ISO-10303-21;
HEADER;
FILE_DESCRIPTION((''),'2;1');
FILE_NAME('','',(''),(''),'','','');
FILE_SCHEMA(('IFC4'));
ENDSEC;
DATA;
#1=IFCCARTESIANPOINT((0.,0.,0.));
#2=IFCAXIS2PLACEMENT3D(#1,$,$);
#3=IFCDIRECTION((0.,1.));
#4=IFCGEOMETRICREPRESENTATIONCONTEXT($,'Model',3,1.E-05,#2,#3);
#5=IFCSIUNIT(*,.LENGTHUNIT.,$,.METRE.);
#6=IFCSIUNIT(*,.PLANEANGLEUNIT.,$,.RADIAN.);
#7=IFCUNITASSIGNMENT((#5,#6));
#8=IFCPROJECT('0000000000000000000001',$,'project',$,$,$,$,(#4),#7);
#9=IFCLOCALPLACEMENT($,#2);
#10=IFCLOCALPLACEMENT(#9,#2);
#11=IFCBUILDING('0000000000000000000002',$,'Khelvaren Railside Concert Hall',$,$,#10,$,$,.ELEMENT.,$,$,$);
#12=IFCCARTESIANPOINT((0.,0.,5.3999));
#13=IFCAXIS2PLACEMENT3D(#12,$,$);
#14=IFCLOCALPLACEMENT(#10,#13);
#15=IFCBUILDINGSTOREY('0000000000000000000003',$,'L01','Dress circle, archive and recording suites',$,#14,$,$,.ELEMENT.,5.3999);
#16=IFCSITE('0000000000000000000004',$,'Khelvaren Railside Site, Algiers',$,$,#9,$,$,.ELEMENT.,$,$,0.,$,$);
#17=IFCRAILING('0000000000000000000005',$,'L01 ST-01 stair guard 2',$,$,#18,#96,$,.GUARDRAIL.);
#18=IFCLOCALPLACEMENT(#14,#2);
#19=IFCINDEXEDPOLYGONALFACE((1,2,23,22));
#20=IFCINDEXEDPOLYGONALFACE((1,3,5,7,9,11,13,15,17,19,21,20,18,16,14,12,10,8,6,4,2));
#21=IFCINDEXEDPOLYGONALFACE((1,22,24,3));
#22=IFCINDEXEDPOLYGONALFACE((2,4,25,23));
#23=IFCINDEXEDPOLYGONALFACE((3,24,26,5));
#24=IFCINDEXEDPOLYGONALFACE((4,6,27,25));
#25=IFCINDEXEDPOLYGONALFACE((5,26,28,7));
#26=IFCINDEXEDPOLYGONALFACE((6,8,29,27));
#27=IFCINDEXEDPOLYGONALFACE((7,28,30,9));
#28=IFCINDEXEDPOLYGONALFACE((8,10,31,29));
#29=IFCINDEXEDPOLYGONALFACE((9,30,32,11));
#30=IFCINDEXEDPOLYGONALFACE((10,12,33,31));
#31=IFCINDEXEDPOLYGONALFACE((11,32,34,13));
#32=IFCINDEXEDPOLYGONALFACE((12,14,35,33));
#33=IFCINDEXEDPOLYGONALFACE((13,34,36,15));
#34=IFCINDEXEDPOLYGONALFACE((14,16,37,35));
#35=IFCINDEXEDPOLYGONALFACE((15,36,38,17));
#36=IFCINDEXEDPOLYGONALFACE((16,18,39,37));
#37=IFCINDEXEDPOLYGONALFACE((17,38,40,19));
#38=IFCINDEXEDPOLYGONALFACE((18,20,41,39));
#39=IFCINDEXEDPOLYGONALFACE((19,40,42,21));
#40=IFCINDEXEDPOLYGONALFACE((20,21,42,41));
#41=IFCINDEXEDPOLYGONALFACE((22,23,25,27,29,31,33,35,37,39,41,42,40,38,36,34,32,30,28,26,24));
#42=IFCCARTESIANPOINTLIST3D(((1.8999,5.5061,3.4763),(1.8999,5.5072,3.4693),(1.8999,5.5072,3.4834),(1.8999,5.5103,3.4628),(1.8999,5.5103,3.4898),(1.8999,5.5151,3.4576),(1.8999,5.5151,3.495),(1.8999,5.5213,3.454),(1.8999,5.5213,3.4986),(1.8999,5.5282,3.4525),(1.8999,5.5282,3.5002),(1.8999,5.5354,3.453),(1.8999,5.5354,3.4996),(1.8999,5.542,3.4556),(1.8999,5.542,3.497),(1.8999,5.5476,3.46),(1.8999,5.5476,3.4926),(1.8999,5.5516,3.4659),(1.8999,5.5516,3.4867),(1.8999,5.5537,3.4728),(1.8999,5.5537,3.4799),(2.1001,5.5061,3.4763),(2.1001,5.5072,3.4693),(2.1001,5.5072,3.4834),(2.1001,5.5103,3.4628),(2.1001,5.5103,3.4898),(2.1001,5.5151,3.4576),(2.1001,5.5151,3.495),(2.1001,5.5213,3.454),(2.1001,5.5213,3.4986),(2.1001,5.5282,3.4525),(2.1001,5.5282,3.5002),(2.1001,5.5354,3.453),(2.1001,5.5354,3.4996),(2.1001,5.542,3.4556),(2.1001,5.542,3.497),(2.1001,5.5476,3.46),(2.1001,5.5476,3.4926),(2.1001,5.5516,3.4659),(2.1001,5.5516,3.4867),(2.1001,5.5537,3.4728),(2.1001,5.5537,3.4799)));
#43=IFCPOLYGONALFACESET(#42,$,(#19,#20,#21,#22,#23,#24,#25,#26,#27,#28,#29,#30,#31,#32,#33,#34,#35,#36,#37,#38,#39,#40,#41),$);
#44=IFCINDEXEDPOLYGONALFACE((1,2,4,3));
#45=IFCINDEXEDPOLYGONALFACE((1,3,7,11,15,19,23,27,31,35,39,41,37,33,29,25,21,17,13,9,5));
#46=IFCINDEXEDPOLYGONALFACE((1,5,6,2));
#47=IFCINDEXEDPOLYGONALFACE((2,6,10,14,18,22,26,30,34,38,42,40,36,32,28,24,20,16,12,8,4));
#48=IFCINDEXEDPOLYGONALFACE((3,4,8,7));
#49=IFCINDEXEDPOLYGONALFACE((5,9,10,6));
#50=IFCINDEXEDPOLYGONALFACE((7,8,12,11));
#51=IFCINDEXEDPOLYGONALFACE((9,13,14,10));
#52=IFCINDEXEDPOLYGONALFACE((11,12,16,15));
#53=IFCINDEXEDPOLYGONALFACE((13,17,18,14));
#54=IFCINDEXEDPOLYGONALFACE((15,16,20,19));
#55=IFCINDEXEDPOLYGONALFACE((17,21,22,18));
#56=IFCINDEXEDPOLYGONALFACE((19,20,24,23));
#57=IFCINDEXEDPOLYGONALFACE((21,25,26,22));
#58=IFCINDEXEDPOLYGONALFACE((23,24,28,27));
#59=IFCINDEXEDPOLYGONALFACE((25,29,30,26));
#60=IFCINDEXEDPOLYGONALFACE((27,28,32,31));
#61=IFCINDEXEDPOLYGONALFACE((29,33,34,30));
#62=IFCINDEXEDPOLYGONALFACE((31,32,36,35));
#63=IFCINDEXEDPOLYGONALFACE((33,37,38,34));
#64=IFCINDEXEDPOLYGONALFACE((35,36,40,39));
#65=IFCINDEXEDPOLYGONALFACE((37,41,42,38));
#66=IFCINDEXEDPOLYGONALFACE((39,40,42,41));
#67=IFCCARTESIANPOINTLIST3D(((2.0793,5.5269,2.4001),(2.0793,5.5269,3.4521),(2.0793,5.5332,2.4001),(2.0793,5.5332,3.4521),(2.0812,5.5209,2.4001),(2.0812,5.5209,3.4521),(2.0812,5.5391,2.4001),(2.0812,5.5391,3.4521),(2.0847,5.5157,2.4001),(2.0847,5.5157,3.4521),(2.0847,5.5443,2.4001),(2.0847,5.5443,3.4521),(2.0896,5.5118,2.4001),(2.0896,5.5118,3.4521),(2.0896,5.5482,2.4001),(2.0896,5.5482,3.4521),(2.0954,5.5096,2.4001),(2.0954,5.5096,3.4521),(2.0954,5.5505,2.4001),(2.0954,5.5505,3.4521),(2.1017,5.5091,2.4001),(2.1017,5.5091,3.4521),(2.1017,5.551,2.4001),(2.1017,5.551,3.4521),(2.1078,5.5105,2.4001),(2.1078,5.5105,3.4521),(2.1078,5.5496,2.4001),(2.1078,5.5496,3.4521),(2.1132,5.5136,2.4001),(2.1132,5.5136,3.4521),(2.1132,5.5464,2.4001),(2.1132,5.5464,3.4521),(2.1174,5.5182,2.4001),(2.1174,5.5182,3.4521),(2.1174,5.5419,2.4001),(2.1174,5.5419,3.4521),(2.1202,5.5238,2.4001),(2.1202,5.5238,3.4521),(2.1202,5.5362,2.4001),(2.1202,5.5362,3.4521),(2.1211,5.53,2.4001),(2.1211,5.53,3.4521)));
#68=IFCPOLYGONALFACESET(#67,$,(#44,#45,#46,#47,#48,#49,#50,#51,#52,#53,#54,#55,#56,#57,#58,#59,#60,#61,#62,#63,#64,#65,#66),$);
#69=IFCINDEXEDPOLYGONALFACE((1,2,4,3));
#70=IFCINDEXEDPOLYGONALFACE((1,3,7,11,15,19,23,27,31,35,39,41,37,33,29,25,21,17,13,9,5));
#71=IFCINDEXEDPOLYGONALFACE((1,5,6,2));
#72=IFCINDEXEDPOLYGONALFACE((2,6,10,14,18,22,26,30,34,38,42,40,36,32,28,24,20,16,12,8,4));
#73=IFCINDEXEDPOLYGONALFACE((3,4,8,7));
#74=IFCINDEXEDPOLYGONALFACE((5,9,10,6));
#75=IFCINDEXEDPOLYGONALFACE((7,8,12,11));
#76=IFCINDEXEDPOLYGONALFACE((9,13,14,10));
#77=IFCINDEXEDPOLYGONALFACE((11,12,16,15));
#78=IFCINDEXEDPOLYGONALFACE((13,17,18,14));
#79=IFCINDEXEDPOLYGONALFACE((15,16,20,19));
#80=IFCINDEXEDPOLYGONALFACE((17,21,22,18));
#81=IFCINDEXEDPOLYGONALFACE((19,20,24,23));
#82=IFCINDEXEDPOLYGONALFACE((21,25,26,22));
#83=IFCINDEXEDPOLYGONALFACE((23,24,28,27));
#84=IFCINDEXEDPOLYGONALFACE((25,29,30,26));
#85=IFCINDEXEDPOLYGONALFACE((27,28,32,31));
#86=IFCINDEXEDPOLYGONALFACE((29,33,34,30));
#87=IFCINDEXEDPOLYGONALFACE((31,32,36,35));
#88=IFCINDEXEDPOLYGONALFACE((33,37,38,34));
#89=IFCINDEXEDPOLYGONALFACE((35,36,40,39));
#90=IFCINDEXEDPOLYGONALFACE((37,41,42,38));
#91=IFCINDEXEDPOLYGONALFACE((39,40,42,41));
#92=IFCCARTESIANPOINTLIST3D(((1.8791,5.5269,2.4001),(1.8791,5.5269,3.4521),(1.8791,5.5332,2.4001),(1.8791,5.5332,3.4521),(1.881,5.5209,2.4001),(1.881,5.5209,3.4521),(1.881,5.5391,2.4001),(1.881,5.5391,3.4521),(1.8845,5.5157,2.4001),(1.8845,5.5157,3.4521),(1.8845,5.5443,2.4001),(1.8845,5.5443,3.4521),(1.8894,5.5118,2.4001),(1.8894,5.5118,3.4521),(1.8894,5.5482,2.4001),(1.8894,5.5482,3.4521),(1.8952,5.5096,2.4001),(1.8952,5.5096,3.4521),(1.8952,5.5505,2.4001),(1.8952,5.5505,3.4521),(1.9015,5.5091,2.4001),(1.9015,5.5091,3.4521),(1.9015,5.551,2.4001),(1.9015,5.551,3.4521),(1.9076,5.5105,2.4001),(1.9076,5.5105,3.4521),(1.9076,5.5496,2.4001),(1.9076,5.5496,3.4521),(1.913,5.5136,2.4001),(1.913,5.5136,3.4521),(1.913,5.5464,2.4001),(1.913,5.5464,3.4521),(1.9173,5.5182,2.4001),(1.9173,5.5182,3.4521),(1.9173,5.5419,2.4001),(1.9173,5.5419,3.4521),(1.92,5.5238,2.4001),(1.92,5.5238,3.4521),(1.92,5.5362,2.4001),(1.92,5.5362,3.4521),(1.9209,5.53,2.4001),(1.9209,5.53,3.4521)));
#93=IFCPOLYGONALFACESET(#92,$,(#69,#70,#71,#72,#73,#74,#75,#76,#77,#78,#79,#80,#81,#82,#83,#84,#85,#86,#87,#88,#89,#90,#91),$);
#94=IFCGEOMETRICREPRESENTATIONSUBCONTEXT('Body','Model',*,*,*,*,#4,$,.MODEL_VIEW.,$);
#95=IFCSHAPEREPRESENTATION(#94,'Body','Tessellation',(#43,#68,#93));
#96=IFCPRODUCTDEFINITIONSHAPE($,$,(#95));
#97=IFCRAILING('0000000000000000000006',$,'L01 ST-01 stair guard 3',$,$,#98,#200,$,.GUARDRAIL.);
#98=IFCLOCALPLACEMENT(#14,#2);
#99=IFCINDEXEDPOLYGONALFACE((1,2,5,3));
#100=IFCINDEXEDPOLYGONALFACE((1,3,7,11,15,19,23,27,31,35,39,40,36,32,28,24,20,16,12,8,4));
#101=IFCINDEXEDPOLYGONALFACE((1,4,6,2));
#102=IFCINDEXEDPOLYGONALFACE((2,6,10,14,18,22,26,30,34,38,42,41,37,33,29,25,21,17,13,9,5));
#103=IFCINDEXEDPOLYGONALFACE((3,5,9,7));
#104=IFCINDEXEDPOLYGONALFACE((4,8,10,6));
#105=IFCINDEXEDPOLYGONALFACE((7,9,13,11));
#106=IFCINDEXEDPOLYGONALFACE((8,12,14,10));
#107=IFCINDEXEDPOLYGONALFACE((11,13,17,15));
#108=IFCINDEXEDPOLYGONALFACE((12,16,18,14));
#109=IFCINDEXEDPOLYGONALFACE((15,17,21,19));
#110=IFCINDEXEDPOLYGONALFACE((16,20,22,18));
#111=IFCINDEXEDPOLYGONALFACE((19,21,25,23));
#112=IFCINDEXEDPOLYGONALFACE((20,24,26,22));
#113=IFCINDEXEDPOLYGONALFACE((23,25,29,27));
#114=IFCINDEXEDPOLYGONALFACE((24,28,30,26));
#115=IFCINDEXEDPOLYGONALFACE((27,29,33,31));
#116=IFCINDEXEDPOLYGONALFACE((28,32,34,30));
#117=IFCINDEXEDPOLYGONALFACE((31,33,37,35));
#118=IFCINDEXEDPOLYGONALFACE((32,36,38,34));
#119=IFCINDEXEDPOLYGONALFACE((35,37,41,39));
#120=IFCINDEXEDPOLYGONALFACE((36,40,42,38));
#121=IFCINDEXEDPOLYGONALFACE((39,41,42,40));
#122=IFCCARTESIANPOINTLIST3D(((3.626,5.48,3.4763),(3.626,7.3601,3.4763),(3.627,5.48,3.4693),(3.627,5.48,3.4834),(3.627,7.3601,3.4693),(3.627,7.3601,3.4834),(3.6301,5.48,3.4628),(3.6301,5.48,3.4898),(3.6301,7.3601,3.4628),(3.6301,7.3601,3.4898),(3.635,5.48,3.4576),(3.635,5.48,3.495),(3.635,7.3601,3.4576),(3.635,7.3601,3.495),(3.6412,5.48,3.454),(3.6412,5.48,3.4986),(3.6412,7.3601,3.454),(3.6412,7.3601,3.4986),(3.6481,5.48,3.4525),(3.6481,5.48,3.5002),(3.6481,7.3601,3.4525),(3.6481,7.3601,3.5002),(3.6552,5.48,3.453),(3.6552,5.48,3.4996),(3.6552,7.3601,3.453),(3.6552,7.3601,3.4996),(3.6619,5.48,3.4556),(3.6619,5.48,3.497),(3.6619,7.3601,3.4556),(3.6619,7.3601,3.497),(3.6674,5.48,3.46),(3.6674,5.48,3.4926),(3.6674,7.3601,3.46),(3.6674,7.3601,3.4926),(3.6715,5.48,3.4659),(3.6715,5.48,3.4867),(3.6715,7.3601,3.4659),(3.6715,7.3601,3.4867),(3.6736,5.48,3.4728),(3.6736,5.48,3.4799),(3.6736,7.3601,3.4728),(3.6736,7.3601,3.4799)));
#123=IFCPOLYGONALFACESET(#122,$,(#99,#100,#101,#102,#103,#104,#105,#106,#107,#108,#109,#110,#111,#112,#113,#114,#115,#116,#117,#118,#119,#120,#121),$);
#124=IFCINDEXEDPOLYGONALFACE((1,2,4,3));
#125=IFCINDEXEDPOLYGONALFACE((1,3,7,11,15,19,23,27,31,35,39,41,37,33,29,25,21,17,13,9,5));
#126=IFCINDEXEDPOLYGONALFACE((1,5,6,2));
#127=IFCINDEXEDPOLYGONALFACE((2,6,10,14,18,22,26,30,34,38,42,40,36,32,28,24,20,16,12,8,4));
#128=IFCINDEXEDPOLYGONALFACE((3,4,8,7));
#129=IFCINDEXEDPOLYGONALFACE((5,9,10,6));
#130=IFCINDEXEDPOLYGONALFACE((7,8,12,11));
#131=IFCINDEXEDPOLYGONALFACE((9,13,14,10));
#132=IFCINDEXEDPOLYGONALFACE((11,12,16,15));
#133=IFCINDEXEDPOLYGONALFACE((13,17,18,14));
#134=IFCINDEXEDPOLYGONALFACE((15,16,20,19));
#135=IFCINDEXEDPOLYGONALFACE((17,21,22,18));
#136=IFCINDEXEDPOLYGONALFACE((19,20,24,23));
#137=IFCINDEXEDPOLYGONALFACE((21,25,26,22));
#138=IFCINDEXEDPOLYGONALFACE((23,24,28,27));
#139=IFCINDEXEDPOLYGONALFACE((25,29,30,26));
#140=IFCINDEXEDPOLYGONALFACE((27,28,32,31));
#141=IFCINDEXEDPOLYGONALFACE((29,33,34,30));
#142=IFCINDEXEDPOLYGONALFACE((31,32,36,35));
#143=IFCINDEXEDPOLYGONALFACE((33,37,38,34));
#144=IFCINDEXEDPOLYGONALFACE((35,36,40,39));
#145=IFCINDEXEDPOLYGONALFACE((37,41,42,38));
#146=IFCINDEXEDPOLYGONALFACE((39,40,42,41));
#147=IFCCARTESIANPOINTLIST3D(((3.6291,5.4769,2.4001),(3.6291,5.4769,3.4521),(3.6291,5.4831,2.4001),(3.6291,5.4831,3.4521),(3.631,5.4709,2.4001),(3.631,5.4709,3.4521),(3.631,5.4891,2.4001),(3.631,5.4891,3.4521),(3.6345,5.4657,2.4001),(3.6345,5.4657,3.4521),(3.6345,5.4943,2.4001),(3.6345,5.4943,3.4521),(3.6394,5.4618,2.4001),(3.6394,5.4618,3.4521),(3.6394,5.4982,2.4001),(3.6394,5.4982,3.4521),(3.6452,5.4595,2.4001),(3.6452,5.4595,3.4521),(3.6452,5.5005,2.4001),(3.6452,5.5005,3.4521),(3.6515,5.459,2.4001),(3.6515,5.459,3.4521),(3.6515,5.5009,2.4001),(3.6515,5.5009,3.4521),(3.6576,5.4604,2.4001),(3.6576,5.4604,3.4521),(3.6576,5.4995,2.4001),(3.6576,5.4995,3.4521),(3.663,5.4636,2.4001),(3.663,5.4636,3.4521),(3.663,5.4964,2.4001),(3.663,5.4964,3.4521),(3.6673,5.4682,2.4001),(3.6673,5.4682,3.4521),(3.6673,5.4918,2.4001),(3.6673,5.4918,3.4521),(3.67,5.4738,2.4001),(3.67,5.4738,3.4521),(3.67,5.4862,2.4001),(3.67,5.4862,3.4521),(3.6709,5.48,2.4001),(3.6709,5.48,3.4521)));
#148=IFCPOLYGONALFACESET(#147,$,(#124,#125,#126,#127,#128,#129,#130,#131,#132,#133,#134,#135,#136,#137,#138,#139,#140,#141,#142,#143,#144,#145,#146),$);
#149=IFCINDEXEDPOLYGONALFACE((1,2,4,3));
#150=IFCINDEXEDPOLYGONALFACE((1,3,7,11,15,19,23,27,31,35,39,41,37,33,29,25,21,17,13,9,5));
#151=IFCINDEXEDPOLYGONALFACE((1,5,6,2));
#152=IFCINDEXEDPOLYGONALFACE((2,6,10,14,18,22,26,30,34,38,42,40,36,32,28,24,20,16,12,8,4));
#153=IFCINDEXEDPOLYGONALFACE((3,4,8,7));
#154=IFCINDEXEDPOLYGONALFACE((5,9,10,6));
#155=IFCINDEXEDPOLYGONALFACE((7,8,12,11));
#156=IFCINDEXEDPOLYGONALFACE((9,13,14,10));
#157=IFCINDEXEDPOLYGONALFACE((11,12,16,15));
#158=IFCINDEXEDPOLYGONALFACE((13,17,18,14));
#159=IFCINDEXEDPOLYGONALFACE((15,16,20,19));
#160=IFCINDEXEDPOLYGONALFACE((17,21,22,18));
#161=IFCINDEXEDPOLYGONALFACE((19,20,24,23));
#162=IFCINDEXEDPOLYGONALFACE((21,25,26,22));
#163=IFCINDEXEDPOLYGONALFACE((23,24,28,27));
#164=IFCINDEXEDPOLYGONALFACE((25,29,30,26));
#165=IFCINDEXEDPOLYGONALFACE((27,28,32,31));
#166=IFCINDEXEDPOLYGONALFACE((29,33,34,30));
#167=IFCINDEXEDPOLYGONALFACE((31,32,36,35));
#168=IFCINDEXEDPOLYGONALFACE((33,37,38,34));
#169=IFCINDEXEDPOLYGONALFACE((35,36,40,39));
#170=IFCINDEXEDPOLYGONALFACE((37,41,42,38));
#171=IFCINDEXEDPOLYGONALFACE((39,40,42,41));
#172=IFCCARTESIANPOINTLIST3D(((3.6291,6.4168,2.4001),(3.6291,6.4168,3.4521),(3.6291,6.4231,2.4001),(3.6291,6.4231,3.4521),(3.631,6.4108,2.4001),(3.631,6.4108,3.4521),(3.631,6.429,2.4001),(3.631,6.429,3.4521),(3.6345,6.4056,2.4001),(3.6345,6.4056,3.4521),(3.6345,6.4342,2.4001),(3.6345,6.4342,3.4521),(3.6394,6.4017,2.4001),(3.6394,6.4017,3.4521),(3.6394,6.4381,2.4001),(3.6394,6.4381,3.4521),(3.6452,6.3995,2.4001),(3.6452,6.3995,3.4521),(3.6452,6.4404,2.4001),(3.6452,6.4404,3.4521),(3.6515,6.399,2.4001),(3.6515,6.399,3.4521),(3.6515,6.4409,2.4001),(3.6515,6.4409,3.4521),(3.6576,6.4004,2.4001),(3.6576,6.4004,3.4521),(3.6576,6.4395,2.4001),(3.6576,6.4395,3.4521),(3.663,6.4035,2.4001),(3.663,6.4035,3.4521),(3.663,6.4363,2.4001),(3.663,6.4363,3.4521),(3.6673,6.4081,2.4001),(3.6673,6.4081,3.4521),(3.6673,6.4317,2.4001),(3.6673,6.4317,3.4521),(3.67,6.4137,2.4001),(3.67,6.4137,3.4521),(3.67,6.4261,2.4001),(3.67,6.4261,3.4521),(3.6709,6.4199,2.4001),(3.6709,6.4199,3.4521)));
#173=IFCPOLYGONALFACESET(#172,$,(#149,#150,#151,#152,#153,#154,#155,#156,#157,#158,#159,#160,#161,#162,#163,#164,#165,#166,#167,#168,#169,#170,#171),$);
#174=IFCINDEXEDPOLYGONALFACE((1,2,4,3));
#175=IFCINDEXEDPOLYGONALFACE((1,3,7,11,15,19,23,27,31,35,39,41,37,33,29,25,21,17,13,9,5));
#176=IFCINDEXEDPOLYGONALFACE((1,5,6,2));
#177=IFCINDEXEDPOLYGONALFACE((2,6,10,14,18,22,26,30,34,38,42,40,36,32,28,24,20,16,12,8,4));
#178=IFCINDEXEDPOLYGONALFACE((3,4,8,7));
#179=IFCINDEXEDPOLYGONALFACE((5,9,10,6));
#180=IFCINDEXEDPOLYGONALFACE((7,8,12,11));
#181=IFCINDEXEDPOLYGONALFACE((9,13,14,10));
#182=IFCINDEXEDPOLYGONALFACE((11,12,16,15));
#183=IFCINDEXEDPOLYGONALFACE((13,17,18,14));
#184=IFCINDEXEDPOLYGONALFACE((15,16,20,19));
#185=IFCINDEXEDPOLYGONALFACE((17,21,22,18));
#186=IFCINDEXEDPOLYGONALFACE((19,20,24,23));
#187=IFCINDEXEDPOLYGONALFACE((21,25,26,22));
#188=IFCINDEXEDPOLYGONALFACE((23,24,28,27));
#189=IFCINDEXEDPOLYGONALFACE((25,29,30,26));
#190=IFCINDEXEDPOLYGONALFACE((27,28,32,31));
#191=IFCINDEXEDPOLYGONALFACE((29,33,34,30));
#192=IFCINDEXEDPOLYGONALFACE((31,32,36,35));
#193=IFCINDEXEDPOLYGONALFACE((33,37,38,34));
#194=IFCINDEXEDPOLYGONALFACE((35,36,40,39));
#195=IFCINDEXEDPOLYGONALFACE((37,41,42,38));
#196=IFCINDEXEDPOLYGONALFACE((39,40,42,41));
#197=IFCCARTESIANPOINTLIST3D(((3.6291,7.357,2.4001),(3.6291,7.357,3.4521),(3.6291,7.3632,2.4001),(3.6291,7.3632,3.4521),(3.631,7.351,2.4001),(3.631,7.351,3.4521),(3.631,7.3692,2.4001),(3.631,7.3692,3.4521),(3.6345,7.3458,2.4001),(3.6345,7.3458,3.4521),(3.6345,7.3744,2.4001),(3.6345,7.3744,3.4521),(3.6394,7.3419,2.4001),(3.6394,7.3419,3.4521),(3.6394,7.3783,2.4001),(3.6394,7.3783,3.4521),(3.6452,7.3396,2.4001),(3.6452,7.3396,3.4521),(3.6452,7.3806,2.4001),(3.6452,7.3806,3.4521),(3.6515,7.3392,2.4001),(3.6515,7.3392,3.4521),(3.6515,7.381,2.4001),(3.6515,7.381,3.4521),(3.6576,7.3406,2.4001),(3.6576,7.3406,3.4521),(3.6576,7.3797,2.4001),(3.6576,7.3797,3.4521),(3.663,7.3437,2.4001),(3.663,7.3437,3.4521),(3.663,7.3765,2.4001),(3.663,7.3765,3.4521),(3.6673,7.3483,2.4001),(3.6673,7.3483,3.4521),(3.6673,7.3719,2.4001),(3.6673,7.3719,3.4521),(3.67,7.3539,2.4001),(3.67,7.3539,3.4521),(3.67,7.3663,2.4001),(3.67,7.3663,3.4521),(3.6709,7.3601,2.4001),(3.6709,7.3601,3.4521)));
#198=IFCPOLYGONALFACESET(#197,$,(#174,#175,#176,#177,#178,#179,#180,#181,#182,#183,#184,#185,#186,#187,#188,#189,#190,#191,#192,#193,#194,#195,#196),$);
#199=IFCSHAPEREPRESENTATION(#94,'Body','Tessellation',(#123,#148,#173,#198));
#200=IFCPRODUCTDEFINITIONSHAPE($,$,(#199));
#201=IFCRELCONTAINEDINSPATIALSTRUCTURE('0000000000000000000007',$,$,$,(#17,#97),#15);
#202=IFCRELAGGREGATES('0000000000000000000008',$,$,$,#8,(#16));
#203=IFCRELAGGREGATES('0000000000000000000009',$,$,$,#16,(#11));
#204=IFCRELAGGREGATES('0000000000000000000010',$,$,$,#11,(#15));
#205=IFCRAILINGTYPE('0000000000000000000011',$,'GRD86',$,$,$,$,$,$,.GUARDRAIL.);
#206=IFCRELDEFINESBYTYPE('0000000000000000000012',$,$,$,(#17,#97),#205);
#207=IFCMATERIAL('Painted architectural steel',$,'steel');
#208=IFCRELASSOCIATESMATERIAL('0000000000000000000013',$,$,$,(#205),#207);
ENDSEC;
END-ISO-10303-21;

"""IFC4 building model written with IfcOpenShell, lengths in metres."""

from ifc_helpers import new_model, si_unit, direction, frame, origin, origin_2d, place, context, subcontext, project, spatial, circle, extrude, material, type_object, element, save


model = new_model("IFC4")

# Units and contexts
model_context = context("Model", 3, precision=1e-05, world=origin(), true_north=direction((0.0, 1.0)))
body_context = subcontext(model_context, "Body", "Model", "MODEL_VIEW")
ifc_project = project(units=[si_unit("LENGTHUNIT", "METRE"), si_unit("PLANEANGLEUNIT", "RADIAN")], contexts=[model_context])

# Site, building, storey
site_placement = place(None, origin())
site = spatial("IfcSite", under=ifc_project, at=site_placement, Name="Khelvaren Railside Site, Algiers", CompositionType="ELEMENT", RefElevation=0.0)
building_placement = place(site_placement, origin())
building = spatial("IfcBuilding", under=site, at=building_placement, Name="Khelvaren Railside Concert Hall", CompositionType="ELEMENT")
storey_placement = place(building_placement, frame((0.0, 0.0, 5.3999)))
storey = spatial("IfcBuildingStorey", under=building, at=storey_placement, Name="L01", Description="Dress circle, archive and recording suites", CompositionType="ELEMENT", Elevation=5.3999)

# Railings
ifc_material_1 = material(Name="Painted architectural steel", Category="steel")
railing_type_1 = type_object("IfcRailingType", Name="GRD86", PredefinedType="GUARDRAIL", material=ifc_material_1)
railing_1_placement = place(storey_placement, frame((2.1001, 5.53, 2.4001)))
element("IfcRailing", 1, at=railing_1_placement, inside=storey, type_object=railing_type_1, Name="L01 ST-01 stair guard 2", PredefinedType="GUARDRAIL", context=body_context, shape_type="SweptSolid", body=[
    extrude(circle(Radius=0.0239, at=origin_2d()), frame((0.0, 0.0, 1.0762), z_axis=(-1.0, 0.0, 0.0), x_axis=(0.0, -1.0, 0.0)), (0.0, 0.0, 1.0), 0.2002),
    extrude(circle(Radius=0.021, at=origin_2d()), origin(), (0.0, 0.0, 1.0), 1.052),
    extrude(circle(Radius=0.021, at=origin_2d()), frame((-0.2002, 0.0, 0.0)), (0.0, 0.0, 1.0), 1.052),
])
for number, where, name in (
    (2, (3.6499, 5.48, 2.4001), "L01 ST-01 stair guard 3"),
):
    element("IfcRailing", number, at=place(storey_placement, frame(where)), inside=storey, type_object=railing_type_1, Name=name, PredefinedType="GUARDRAIL", context=body_context, shape_type="SweptSolid", body=[
        extrude(circle(Radius=0.0239, at=origin_2d()), frame((0.0, 0.0, 1.0762), z_axis=(0.0, 1.0, 0.0), x_axis=(-1.0, 0.0, 0.0)), (0.0, 0.0, 1.0), 1.8801),
        extrude(circle(Radius=0.021, at=origin_2d()), origin(), (0.0, 0.0, 1.0), 1.052),
        extrude(circle(Radius=0.021, at=origin_2d()), frame((0.0, 0.9399, 0.0)), (0.0, 0.0, 1.0), 1.052),
        extrude(circle(Radius=0.021, at=origin_2d()), frame((0.0, 1.8801, 0.0)), (0.0, 0.0, 1.0), 1.052),
    ])

save(model, "model.ifc")
